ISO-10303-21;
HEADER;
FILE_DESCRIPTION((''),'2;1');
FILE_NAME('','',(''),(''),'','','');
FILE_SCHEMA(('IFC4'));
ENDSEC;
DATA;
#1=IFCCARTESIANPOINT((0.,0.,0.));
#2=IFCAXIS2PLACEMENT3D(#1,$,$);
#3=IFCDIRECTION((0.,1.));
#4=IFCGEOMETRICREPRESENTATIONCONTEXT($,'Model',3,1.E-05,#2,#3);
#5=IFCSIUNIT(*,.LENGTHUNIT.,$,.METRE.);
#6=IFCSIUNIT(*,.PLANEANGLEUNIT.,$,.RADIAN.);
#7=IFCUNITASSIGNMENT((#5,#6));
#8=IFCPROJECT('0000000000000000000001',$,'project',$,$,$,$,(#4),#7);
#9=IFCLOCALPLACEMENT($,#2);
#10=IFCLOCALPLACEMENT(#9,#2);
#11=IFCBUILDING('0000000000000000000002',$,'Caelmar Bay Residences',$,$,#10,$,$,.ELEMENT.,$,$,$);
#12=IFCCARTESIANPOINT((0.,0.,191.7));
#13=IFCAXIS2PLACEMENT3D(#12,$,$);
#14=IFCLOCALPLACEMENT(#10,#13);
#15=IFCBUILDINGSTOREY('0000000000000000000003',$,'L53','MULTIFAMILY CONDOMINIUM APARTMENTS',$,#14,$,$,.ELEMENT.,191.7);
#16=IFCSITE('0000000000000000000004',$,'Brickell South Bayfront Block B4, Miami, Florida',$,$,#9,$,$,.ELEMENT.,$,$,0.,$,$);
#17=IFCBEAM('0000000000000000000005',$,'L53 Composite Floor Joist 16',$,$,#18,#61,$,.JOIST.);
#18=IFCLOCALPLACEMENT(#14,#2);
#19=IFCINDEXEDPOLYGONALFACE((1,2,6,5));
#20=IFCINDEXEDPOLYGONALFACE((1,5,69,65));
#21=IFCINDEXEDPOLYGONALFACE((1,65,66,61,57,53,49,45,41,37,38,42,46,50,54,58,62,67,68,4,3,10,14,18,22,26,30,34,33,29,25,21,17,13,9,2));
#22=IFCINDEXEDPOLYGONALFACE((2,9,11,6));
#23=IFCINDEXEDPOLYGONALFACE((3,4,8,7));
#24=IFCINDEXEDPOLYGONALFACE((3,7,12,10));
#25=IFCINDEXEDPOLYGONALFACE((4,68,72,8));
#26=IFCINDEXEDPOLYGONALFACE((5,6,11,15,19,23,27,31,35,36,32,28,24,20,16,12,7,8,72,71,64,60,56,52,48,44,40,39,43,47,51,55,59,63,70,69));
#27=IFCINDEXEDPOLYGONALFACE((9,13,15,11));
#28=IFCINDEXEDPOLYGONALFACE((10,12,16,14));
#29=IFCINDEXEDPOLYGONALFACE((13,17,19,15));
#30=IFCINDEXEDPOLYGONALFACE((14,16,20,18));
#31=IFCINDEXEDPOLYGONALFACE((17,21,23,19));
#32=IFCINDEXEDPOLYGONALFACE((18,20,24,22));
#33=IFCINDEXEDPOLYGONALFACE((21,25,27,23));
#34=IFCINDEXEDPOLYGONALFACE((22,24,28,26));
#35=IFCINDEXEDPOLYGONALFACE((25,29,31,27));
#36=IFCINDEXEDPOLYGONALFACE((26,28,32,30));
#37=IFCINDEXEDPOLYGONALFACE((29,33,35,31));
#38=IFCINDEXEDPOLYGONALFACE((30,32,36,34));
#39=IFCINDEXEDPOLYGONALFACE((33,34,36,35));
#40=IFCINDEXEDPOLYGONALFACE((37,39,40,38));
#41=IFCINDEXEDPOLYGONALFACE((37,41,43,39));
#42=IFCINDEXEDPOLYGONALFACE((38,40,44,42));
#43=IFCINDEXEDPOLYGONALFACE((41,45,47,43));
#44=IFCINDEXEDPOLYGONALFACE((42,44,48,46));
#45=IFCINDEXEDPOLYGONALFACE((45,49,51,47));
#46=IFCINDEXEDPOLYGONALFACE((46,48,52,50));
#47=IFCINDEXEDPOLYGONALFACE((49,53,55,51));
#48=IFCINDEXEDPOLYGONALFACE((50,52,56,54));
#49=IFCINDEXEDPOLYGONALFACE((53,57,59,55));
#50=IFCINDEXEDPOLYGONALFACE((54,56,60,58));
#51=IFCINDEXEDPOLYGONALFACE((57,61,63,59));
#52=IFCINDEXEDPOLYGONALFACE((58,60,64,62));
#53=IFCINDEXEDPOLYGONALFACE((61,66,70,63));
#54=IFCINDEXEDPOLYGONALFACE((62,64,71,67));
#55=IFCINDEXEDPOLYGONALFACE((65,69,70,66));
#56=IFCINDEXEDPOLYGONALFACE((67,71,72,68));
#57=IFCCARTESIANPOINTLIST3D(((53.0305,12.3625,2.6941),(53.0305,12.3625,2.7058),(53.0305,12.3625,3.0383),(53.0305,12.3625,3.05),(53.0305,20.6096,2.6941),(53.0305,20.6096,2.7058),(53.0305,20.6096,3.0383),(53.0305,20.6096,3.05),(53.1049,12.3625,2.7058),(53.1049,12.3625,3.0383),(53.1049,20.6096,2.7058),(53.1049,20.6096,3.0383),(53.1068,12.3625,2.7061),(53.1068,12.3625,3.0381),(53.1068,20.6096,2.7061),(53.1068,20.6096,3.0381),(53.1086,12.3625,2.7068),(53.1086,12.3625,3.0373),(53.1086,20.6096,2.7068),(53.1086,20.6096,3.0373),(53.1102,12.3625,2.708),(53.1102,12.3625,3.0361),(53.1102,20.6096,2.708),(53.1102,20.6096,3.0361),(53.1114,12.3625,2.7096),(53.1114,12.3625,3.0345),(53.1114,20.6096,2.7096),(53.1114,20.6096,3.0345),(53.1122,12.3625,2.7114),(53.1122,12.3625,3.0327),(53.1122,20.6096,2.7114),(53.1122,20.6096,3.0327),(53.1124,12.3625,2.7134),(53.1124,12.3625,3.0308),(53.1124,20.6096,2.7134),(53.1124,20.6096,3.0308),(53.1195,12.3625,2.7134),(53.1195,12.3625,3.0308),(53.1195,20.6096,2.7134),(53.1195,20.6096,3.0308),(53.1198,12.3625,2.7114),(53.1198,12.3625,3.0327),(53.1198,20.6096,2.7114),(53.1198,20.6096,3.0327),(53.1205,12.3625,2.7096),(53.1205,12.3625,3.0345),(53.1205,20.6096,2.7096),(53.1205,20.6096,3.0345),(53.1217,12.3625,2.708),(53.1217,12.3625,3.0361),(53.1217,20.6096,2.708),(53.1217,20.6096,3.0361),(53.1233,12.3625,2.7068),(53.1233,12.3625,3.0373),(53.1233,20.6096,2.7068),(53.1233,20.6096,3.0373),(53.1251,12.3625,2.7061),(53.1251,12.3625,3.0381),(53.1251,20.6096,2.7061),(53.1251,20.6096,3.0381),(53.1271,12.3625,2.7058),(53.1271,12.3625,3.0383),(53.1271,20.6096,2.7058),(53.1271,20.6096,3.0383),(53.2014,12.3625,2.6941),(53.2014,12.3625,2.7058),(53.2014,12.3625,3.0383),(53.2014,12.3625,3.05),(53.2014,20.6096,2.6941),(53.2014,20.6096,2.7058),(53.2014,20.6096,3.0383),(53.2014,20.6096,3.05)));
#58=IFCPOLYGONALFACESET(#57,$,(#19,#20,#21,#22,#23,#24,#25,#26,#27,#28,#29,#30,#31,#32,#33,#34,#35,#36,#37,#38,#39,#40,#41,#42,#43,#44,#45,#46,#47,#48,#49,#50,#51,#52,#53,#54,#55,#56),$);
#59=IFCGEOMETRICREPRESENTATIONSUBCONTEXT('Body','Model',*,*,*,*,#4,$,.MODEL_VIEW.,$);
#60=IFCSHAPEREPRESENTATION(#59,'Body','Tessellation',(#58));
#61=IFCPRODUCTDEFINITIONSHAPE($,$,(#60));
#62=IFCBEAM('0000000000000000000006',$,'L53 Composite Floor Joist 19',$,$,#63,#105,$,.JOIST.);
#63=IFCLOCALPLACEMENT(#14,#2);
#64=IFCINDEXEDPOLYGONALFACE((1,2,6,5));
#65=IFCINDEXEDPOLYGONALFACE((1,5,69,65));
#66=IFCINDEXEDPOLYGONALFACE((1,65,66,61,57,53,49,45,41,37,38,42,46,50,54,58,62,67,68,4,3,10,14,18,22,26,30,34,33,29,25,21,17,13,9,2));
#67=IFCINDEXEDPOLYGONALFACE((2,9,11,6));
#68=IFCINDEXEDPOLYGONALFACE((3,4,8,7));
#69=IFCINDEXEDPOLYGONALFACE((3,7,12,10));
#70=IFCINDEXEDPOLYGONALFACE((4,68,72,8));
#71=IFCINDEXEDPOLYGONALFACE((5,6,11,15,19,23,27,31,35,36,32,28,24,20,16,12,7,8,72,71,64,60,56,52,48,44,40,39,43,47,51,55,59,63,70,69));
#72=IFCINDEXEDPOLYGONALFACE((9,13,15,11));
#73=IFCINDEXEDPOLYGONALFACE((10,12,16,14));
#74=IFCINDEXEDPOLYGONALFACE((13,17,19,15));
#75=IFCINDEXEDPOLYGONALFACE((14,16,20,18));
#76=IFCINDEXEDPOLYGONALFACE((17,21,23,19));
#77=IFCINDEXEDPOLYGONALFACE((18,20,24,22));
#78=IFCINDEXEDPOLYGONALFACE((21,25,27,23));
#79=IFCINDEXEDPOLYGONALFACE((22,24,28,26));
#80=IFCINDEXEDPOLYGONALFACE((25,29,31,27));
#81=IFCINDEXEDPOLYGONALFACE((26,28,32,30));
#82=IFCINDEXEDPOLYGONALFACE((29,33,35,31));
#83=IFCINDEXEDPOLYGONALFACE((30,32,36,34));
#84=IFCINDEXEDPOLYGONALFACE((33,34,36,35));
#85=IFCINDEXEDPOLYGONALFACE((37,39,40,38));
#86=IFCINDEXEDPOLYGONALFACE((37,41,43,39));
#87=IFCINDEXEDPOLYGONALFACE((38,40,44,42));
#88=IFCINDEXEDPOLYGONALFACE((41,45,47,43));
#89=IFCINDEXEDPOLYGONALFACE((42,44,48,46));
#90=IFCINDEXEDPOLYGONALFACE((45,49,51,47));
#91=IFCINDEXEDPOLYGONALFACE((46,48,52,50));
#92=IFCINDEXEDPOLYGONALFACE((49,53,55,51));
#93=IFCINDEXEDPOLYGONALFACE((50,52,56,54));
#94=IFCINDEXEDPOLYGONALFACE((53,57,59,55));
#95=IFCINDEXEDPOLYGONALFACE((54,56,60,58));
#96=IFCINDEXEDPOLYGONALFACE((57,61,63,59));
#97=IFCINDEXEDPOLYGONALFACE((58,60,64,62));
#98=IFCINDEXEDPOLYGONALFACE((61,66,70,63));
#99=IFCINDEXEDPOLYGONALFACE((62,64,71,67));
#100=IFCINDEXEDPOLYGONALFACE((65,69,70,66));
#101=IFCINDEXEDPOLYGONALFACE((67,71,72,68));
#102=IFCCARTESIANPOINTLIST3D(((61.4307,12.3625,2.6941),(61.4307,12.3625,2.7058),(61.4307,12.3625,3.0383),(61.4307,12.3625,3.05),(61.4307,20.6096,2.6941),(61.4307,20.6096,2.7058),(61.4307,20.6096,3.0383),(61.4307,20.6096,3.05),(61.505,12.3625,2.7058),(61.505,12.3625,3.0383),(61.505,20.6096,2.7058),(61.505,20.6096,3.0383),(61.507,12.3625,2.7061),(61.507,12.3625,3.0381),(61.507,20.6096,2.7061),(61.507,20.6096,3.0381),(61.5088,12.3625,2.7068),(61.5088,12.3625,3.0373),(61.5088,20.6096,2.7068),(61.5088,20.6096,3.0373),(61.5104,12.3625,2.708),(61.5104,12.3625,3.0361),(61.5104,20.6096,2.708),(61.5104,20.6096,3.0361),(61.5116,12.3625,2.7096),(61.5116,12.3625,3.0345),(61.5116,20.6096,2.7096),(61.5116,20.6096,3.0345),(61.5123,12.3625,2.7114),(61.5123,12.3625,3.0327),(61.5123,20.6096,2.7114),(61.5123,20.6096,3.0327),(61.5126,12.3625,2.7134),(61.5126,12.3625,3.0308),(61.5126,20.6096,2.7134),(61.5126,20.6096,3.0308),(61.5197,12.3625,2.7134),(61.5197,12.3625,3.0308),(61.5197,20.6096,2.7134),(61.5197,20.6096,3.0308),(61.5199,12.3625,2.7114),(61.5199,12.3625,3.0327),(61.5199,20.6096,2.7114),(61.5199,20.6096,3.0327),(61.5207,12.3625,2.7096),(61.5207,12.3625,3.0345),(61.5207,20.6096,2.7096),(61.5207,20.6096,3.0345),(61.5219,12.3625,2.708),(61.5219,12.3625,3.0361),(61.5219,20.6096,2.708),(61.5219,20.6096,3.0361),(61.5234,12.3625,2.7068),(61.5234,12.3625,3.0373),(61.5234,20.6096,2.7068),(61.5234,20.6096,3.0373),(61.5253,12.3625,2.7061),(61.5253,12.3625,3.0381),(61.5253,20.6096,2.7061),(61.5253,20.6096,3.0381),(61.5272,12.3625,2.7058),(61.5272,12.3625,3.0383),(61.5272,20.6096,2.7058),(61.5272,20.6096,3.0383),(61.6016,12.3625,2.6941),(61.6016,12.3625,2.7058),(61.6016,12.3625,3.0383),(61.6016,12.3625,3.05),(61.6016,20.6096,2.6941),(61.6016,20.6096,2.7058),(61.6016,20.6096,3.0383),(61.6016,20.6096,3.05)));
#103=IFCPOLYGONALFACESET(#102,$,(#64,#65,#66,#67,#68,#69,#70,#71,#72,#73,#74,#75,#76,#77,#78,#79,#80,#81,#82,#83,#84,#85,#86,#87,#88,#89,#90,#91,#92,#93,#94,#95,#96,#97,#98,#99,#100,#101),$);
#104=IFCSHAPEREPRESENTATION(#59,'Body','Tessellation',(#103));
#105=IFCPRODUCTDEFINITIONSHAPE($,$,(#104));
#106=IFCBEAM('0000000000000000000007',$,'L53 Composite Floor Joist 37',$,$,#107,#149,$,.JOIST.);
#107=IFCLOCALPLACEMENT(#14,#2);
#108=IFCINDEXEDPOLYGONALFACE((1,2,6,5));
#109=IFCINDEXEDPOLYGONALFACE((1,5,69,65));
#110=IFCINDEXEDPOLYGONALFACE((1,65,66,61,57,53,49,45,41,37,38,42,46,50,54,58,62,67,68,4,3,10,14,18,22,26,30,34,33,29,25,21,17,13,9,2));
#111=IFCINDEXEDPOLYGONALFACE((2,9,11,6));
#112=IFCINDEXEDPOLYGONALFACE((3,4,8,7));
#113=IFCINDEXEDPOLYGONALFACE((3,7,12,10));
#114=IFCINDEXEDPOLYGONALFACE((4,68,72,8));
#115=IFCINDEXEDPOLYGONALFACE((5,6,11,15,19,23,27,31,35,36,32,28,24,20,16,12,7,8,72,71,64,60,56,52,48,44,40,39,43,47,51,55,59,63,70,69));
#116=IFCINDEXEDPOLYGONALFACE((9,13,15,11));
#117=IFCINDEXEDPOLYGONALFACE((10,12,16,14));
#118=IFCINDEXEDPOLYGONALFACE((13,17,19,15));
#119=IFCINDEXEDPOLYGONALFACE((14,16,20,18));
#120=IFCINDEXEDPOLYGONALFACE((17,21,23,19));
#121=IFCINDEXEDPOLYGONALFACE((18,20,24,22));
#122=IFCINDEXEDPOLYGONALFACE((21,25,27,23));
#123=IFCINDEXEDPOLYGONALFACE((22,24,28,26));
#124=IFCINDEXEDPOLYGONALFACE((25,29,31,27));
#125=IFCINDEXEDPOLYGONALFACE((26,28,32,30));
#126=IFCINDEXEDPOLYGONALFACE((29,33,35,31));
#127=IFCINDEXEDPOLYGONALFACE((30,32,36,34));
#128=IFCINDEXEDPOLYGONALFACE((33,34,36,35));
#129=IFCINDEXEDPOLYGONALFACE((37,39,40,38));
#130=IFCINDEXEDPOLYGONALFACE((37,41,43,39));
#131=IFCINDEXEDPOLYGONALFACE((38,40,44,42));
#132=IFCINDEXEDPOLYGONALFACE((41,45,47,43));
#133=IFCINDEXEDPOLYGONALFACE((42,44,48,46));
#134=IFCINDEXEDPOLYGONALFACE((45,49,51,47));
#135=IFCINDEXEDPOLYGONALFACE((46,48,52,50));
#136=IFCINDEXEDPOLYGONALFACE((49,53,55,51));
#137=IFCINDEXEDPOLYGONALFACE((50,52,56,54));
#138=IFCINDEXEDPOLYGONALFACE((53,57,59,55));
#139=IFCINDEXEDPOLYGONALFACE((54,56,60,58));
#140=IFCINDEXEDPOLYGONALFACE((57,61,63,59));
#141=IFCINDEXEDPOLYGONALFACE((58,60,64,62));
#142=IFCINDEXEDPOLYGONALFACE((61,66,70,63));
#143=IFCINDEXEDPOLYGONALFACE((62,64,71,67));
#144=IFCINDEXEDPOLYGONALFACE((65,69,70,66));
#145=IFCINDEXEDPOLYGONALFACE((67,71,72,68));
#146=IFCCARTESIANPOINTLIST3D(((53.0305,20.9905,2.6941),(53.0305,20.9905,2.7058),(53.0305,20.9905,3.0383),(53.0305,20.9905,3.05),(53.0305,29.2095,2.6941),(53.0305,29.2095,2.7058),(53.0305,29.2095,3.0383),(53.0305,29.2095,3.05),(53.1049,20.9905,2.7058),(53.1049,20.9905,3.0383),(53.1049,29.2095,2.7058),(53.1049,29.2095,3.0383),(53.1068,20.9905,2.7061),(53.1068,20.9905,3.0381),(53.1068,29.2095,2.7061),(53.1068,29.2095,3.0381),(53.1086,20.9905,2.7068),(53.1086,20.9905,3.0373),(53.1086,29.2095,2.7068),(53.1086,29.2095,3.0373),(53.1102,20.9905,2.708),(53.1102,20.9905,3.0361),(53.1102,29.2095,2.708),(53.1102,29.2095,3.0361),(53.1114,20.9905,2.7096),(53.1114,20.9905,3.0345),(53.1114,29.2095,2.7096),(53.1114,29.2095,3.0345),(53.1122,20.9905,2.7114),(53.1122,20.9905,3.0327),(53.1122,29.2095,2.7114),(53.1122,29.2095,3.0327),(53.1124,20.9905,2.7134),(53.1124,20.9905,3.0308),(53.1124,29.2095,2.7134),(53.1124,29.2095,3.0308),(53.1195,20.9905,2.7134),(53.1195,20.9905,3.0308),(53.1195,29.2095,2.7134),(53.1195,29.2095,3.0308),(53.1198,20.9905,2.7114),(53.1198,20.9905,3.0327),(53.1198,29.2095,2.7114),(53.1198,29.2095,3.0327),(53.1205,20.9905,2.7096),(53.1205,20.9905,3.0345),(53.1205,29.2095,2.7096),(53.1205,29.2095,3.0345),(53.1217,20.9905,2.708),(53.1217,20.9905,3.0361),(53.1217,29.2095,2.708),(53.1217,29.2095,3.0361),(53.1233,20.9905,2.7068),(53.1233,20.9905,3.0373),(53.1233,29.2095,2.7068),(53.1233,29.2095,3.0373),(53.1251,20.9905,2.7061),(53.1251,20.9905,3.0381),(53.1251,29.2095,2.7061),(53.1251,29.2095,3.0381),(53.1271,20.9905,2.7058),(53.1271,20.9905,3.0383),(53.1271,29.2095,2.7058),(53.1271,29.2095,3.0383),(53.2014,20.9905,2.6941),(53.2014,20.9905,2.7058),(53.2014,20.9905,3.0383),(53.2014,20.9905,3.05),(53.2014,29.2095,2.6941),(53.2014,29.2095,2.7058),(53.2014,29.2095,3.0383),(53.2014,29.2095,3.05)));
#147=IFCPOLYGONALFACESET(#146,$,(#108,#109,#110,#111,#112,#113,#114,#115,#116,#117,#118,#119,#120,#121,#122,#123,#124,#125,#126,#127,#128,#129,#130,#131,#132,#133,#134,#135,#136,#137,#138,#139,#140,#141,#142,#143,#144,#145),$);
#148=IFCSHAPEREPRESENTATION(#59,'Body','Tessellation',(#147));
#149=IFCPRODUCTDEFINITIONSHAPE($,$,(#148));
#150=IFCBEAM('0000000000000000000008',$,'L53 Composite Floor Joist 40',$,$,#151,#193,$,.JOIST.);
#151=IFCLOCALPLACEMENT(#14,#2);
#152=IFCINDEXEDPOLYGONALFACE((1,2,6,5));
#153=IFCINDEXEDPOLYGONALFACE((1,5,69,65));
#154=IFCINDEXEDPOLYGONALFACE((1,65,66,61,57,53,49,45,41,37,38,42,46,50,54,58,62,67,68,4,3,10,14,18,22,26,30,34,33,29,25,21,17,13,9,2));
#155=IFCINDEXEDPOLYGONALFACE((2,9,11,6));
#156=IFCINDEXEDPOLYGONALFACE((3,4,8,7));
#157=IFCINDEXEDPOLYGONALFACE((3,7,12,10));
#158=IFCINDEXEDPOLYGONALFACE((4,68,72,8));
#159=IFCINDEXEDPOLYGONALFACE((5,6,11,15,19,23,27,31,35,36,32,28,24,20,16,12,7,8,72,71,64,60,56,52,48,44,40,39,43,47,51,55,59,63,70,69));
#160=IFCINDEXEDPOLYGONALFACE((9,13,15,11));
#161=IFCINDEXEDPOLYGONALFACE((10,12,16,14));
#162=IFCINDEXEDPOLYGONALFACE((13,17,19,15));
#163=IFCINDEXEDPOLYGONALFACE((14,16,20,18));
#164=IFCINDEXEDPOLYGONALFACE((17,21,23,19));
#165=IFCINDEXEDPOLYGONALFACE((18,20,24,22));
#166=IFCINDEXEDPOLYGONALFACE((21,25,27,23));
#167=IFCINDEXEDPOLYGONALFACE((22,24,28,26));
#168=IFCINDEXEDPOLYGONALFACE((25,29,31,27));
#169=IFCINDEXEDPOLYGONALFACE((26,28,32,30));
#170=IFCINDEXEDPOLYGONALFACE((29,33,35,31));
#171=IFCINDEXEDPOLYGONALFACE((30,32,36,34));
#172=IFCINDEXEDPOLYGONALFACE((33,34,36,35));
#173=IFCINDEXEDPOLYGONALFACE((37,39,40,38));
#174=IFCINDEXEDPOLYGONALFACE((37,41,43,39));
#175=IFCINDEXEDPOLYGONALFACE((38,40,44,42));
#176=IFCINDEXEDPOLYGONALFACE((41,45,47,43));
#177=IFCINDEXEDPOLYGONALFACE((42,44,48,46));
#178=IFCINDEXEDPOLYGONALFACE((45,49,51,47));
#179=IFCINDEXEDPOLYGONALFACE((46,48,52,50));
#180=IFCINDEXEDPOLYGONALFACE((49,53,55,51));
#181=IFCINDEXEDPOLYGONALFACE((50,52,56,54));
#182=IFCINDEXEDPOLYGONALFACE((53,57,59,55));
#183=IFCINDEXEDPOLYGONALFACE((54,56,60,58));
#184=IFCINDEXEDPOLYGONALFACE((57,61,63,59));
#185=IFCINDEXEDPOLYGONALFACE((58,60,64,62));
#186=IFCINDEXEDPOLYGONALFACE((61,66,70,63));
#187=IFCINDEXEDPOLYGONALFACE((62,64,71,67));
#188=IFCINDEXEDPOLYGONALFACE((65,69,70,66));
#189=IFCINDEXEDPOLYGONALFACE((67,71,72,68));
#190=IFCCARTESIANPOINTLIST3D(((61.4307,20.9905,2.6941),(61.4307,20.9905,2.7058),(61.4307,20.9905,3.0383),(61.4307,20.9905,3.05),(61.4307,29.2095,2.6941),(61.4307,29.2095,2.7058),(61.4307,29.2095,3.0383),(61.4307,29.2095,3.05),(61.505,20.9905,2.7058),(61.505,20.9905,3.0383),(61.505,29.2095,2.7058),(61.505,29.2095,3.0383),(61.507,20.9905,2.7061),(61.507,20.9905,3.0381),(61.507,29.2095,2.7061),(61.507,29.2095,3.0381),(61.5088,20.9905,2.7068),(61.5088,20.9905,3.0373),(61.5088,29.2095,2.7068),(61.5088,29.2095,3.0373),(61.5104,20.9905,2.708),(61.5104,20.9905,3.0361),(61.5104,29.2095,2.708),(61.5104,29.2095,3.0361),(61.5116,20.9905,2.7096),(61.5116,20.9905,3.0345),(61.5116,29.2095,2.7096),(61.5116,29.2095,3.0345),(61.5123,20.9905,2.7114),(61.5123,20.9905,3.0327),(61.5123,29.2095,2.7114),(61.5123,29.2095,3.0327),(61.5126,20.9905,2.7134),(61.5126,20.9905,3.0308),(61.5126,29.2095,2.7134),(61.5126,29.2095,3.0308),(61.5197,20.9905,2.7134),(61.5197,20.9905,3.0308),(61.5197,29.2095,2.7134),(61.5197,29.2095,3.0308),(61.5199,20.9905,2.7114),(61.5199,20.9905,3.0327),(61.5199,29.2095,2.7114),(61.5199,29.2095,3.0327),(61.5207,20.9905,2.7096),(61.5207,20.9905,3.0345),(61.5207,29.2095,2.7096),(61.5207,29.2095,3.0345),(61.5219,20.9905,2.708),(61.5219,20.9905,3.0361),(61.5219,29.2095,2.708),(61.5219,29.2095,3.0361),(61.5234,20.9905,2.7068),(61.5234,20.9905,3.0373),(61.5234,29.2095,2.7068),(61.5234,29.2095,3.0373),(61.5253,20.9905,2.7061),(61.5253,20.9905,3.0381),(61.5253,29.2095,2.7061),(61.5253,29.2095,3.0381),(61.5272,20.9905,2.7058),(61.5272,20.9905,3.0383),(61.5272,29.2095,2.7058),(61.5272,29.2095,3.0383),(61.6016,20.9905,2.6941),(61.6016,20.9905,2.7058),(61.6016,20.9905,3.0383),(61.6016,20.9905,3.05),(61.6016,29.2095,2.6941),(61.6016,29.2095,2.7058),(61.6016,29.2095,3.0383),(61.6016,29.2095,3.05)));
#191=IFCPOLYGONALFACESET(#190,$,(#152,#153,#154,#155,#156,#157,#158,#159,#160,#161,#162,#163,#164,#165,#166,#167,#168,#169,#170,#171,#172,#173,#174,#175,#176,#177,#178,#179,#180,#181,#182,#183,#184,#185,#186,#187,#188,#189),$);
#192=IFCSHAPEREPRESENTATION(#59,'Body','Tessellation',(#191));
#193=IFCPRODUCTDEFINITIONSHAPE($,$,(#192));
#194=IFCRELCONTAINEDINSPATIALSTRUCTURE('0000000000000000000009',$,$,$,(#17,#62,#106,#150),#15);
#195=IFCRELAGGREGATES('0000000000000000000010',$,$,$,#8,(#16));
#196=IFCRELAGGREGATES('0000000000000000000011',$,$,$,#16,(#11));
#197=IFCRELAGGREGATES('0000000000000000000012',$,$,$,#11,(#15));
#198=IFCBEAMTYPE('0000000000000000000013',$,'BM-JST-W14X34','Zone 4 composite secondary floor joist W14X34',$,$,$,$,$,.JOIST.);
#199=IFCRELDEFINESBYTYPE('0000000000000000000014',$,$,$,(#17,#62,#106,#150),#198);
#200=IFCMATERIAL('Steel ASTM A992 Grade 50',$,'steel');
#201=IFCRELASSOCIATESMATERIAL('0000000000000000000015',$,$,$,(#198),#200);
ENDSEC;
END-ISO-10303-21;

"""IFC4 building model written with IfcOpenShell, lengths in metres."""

from ifc_helpers import new_model, si_unit, direction, frame, origin, origin_2d, place, context, subcontext, project, spatial, i_section, extrude, material, material_profile, profile_set, type_object, element, save


model = new_model("IFC4")

# Units and contexts
model_context = context("Model", 3, precision=1e-05, world=origin(), true_north=direction((0.0, 1.0)))
body_context = subcontext(model_context, "Body", "Model", "MODEL_VIEW")
ifc_project = project(units=[si_unit("LENGTHUNIT", "METRE"), si_unit("PLANEANGLEUNIT", "RADIAN")], contexts=[model_context])

# Site, building, storey
site_placement = place(None, origin())
site = spatial("IfcSite", under=ifc_project, at=site_placement, Name="Brickell South Bayfront Block B4, Miami, Florida", CompositionType="ELEMENT", RefElevation=0.0)
building_placement = place(site_placement, origin())
building = spatial("IfcBuilding", under=site, at=building_placement, Name="Caelmar Bay Residences", CompositionType="ELEMENT")
storey_placement = place(building_placement, frame((0.0, 0.0, 191.7)))
storey = spatial("IfcBuildingStorey", under=building, at=storey_placement, Name="L53", Description="MULTIFAMILY CONDOMINIUM APARTMENTS", CompositionType="ELEMENT", Elevation=191.7)

# Beams
ifc_material_1 = material(Name="Steel ASTM A992 Grade 50", Category="steel")
ifc_material_profile_1 = material_profile(ifc_material_1, i_section(OverallWidth=0.1709, OverallDepth=0.356, WebThickness=0.0071, FlangeThickness=0.0117, FilletRadius=0.0076, at=origin_2d()), Name="W14X34")
ifc_profile_set_1 = profile_set([ifc_material_profile_1], Name="Steel ASTM A992 Grade 50")
beam_type_1 = type_object("IfcBeamType", Name="BM-JST-W14X34", Description="Zone 4 composite secondary floor joist W14X34", PredefinedType="JOIST", material=ifc_profile_set_1)
for number, where, z_axis, x_axis, name in (
    (1, (53.116, 12.3625, 2.8721), (0.0, 1.0, 0.0), (-1.0, 0.0, 0.0), "L53 Composite Floor Joist 16"),
    (2, (61.5161, 12.3625, 2.8721), (0.0, 1.0, 0.0), (-1.0, 0.0, 0.0), "L53 Composite Floor Joist 19"),
):
    element("IfcBeam", number, at=place(storey_placement, frame(where, z_axis=z_axis, x_axis=x_axis)), inside=storey, type_object=beam_type_1, Name=name, PredefinedType="JOIST", context=body_context, shape_type="SweptSolid", body=[
        extrude(i_section(OverallWidth=0.1709, OverallDepth=0.356, WebThickness=0.0071, FlangeThickness=0.0117, FilletRadius=0.0076, at=origin_2d()), origin(), (0.0, 0.0, 1.0), 8.2471),
    ])
for number, where, z_axis, x_axis, name in (
    (3, (53.116, 20.9905, 2.8721), (0.0, 1.0, 0.0), (-1.0, 0.0, 0.0), "L53 Composite Floor Joist 37"),
    (4, (61.5161, 20.9905, 2.8721), (0.0, 1.0, 0.0), (-1.0, 0.0, 0.0), "L53 Composite Floor Joist 40"),
):
    element("IfcBeam", number, at=place(storey_placement, frame(where, z_axis=z_axis, x_axis=x_axis)), inside=storey, type_object=beam_type_1, Name=name, PredefinedType="JOIST", context=body_context, shape_type="SweptSolid", body=[
        extrude(i_section(OverallWidth=0.1709, OverallDepth=0.356, WebThickness=0.0071, FlangeThickness=0.0117, FilletRadius=0.0076, at=origin_2d()), origin(), (0.0, 0.0, 1.0), 8.219),
    ])

save(model, "model.ifc")
